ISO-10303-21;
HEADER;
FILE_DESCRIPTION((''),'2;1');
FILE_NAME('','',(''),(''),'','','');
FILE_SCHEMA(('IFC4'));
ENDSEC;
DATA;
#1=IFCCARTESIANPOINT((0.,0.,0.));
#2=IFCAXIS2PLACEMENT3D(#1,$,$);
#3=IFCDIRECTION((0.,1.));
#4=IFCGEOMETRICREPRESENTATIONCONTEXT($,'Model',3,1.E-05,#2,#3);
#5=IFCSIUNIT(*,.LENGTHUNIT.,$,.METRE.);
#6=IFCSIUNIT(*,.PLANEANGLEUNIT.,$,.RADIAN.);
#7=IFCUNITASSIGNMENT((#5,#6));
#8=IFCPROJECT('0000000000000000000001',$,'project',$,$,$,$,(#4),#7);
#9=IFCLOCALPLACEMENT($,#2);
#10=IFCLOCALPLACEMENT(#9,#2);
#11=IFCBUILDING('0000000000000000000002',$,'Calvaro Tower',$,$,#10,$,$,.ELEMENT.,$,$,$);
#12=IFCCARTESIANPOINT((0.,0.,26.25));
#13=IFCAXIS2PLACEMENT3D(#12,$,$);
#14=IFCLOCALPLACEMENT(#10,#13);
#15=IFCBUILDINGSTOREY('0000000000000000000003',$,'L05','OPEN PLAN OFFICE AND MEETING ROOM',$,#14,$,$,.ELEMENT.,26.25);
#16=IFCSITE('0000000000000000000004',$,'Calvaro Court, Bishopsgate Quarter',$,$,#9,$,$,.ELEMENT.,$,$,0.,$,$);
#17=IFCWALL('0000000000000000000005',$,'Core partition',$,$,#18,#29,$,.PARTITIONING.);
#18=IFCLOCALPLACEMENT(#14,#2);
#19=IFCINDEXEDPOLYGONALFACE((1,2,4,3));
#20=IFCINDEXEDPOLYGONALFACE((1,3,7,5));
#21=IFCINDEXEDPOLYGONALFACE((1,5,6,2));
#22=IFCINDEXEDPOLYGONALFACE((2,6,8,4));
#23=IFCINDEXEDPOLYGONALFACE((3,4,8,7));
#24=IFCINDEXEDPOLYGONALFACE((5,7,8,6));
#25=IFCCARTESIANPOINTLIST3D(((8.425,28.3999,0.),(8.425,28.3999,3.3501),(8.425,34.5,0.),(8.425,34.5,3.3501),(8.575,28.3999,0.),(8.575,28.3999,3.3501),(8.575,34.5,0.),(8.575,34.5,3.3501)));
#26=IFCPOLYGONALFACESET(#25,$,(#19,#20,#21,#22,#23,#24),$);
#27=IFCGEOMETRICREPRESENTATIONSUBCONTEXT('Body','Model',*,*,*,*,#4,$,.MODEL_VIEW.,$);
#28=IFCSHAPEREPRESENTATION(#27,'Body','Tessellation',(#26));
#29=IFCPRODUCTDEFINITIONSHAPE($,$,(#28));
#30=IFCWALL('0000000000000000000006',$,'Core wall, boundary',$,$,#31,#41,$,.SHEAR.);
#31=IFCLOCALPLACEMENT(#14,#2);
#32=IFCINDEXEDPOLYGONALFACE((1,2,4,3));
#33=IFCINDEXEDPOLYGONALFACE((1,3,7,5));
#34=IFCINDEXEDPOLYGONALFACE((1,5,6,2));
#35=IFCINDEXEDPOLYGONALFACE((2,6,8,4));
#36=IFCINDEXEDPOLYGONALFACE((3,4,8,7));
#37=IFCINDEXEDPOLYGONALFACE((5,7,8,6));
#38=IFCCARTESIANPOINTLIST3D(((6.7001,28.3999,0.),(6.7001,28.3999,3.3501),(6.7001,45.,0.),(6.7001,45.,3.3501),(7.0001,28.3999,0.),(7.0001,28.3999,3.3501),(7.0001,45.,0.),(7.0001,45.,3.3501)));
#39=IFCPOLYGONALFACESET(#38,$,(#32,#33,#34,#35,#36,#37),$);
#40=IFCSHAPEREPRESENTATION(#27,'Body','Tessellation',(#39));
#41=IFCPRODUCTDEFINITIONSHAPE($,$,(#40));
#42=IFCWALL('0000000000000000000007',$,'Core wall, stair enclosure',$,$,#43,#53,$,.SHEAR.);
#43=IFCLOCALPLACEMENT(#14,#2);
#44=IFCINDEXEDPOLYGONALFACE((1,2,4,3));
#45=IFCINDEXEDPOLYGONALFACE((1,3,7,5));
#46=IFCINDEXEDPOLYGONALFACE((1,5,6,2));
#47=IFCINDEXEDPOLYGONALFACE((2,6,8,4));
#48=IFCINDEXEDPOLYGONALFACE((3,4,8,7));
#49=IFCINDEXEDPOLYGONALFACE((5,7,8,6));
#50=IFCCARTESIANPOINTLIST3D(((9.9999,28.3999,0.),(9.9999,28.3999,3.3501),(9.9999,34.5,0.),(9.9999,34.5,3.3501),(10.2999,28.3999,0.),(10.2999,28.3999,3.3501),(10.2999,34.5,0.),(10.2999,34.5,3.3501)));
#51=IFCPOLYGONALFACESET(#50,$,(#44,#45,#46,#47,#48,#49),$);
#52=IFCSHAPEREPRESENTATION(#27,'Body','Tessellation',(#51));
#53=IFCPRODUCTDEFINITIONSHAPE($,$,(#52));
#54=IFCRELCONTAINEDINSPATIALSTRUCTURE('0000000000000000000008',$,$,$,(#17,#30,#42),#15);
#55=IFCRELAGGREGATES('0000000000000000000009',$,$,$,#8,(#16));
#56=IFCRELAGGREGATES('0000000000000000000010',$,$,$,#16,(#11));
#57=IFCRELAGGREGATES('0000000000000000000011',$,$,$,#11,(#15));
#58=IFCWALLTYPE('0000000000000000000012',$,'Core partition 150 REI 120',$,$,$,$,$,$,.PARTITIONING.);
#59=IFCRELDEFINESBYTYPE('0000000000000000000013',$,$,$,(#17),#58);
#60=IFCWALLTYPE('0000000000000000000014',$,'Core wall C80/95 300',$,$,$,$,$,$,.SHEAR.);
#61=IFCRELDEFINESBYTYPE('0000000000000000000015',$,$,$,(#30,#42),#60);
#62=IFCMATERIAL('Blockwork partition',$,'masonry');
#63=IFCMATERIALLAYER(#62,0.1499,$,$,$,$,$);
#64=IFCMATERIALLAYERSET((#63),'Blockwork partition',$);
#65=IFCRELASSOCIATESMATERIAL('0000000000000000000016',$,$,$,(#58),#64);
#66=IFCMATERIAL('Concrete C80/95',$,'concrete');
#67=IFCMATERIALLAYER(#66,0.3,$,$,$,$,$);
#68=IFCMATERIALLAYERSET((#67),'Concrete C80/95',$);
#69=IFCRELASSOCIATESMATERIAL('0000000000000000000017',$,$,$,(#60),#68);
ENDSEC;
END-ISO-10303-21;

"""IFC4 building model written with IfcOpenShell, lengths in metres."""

from ifc_helpers import new_model, si_unit, direction, frame, frame_2d, origin, place, context, subcontext, project, spatial, rectangle, extrude, material, layer, layer_set, type_object, element, save


model = new_model("IFC4")

# Units and contexts
model_context = context("Model", 3, precision=1e-05, world=origin(), true_north=direction((0.0, 1.0)))
body_context = subcontext(model_context, "Body", "Model", "MODEL_VIEW")
ifc_project = project(units=[si_unit("LENGTHUNIT", "METRE"), si_unit("PLANEANGLEUNIT", "RADIAN")], contexts=[model_context])

# Site, building, storey
site_placement = place(None, origin())
site = spatial("IfcSite", under=ifc_project, at=site_placement, Name="Calvaro Court, Bishopsgate Quarter", CompositionType="ELEMENT", RefElevation=0.0)
building_placement = place(site_placement, origin())
building = spatial("IfcBuilding", under=site, at=building_placement, Name="Calvaro Tower", CompositionType="ELEMENT")
storey_placement = place(building_placement, frame((0.0, 0.0, 26.25)))
storey = spatial("IfcBuildingStorey", under=building, at=storey_placement, Name="L05", Description="OPEN PLAN OFFICE AND MEETING ROOM", CompositionType="ELEMENT", Elevation=26.25)

# Walls
ifc_material_1 = material(Name="Blockwork partition", Category="masonry")
ifc_layer_1 = layer(ifc_material_1, 0.1499)
ifc_layer_set_1 = layer_set([ifc_layer_1], Name="Blockwork partition")
wall_type_1 = type_object("IfcWallType", Name="Core partition 150 REI 120", PredefinedType="PARTITIONING", material=ifc_layer_set_1)
wall_1_placement = place(storey_placement, frame((8.5, 28.3999, 0.0), z_axis=(0.0, 0.0, 1.0), x_axis=(0.0, 1.0, 0.0)))
element("IfcWall", 1, at=wall_1_placement, inside=storey, type_object=wall_type_1, Name="Core partition", PredefinedType="PARTITIONING", context=body_context, shape_type="SweptSolid", body=[
    extrude(rectangle(XDim=6.1001, YDim=0.1499, at=frame_2d((3.05, 0.0))), origin(), (0.0, 0.0, 1.0), 3.3501),
])
ifc_material_2 = material(Name="Concrete C80/95", Category="concrete")
ifc_layer_2 = layer(ifc_material_2, 0.3)
ifc_layer_set_2 = layer_set([ifc_layer_2], Name="Concrete C80/95")
wall_type_2 = type_object("IfcWallType", Name="Core wall C80/95 300", PredefinedType="SHEAR", material=ifc_layer_set_2)
wall_2_placement = place(storey_placement, frame((6.8501, 28.3999, 0.0), z_axis=(0.0, 0.0, 1.0), x_axis=(0.0, 1.0, 0.0)))
element("IfcWall", 2, at=wall_2_placement, inside=storey, type_object=wall_type_2, Name="Core wall, boundary", PredefinedType="SHEAR", context=body_context, shape_type="SweptSolid", body=[
    extrude(rectangle(XDim=16.6001, YDim=0.3, at=frame_2d((8.3, 0.0))), origin(), (0.0, 0.0, 1.0), 3.3501),
])
wall_3_placement = place(storey_placement, frame((10.1499, 28.3999, 0.0), z_axis=(0.0, 0.0, 1.0), x_axis=(0.0, 1.0, 0.0)))
element("IfcWall", 3, at=wall_3_placement, inside=storey, type_object=wall_type_2, Name="Core wall, stair enclosure", PredefinedType="SHEAR", context=body_context, shape_type="SweptSolid", body=[
    extrude(rectangle(XDim=6.1001, YDim=0.3, at=frame_2d((3.05, 0.0))), origin(), (0.0, 0.0, 1.0), 3.3501),
])

save(model, "model.ifc")
